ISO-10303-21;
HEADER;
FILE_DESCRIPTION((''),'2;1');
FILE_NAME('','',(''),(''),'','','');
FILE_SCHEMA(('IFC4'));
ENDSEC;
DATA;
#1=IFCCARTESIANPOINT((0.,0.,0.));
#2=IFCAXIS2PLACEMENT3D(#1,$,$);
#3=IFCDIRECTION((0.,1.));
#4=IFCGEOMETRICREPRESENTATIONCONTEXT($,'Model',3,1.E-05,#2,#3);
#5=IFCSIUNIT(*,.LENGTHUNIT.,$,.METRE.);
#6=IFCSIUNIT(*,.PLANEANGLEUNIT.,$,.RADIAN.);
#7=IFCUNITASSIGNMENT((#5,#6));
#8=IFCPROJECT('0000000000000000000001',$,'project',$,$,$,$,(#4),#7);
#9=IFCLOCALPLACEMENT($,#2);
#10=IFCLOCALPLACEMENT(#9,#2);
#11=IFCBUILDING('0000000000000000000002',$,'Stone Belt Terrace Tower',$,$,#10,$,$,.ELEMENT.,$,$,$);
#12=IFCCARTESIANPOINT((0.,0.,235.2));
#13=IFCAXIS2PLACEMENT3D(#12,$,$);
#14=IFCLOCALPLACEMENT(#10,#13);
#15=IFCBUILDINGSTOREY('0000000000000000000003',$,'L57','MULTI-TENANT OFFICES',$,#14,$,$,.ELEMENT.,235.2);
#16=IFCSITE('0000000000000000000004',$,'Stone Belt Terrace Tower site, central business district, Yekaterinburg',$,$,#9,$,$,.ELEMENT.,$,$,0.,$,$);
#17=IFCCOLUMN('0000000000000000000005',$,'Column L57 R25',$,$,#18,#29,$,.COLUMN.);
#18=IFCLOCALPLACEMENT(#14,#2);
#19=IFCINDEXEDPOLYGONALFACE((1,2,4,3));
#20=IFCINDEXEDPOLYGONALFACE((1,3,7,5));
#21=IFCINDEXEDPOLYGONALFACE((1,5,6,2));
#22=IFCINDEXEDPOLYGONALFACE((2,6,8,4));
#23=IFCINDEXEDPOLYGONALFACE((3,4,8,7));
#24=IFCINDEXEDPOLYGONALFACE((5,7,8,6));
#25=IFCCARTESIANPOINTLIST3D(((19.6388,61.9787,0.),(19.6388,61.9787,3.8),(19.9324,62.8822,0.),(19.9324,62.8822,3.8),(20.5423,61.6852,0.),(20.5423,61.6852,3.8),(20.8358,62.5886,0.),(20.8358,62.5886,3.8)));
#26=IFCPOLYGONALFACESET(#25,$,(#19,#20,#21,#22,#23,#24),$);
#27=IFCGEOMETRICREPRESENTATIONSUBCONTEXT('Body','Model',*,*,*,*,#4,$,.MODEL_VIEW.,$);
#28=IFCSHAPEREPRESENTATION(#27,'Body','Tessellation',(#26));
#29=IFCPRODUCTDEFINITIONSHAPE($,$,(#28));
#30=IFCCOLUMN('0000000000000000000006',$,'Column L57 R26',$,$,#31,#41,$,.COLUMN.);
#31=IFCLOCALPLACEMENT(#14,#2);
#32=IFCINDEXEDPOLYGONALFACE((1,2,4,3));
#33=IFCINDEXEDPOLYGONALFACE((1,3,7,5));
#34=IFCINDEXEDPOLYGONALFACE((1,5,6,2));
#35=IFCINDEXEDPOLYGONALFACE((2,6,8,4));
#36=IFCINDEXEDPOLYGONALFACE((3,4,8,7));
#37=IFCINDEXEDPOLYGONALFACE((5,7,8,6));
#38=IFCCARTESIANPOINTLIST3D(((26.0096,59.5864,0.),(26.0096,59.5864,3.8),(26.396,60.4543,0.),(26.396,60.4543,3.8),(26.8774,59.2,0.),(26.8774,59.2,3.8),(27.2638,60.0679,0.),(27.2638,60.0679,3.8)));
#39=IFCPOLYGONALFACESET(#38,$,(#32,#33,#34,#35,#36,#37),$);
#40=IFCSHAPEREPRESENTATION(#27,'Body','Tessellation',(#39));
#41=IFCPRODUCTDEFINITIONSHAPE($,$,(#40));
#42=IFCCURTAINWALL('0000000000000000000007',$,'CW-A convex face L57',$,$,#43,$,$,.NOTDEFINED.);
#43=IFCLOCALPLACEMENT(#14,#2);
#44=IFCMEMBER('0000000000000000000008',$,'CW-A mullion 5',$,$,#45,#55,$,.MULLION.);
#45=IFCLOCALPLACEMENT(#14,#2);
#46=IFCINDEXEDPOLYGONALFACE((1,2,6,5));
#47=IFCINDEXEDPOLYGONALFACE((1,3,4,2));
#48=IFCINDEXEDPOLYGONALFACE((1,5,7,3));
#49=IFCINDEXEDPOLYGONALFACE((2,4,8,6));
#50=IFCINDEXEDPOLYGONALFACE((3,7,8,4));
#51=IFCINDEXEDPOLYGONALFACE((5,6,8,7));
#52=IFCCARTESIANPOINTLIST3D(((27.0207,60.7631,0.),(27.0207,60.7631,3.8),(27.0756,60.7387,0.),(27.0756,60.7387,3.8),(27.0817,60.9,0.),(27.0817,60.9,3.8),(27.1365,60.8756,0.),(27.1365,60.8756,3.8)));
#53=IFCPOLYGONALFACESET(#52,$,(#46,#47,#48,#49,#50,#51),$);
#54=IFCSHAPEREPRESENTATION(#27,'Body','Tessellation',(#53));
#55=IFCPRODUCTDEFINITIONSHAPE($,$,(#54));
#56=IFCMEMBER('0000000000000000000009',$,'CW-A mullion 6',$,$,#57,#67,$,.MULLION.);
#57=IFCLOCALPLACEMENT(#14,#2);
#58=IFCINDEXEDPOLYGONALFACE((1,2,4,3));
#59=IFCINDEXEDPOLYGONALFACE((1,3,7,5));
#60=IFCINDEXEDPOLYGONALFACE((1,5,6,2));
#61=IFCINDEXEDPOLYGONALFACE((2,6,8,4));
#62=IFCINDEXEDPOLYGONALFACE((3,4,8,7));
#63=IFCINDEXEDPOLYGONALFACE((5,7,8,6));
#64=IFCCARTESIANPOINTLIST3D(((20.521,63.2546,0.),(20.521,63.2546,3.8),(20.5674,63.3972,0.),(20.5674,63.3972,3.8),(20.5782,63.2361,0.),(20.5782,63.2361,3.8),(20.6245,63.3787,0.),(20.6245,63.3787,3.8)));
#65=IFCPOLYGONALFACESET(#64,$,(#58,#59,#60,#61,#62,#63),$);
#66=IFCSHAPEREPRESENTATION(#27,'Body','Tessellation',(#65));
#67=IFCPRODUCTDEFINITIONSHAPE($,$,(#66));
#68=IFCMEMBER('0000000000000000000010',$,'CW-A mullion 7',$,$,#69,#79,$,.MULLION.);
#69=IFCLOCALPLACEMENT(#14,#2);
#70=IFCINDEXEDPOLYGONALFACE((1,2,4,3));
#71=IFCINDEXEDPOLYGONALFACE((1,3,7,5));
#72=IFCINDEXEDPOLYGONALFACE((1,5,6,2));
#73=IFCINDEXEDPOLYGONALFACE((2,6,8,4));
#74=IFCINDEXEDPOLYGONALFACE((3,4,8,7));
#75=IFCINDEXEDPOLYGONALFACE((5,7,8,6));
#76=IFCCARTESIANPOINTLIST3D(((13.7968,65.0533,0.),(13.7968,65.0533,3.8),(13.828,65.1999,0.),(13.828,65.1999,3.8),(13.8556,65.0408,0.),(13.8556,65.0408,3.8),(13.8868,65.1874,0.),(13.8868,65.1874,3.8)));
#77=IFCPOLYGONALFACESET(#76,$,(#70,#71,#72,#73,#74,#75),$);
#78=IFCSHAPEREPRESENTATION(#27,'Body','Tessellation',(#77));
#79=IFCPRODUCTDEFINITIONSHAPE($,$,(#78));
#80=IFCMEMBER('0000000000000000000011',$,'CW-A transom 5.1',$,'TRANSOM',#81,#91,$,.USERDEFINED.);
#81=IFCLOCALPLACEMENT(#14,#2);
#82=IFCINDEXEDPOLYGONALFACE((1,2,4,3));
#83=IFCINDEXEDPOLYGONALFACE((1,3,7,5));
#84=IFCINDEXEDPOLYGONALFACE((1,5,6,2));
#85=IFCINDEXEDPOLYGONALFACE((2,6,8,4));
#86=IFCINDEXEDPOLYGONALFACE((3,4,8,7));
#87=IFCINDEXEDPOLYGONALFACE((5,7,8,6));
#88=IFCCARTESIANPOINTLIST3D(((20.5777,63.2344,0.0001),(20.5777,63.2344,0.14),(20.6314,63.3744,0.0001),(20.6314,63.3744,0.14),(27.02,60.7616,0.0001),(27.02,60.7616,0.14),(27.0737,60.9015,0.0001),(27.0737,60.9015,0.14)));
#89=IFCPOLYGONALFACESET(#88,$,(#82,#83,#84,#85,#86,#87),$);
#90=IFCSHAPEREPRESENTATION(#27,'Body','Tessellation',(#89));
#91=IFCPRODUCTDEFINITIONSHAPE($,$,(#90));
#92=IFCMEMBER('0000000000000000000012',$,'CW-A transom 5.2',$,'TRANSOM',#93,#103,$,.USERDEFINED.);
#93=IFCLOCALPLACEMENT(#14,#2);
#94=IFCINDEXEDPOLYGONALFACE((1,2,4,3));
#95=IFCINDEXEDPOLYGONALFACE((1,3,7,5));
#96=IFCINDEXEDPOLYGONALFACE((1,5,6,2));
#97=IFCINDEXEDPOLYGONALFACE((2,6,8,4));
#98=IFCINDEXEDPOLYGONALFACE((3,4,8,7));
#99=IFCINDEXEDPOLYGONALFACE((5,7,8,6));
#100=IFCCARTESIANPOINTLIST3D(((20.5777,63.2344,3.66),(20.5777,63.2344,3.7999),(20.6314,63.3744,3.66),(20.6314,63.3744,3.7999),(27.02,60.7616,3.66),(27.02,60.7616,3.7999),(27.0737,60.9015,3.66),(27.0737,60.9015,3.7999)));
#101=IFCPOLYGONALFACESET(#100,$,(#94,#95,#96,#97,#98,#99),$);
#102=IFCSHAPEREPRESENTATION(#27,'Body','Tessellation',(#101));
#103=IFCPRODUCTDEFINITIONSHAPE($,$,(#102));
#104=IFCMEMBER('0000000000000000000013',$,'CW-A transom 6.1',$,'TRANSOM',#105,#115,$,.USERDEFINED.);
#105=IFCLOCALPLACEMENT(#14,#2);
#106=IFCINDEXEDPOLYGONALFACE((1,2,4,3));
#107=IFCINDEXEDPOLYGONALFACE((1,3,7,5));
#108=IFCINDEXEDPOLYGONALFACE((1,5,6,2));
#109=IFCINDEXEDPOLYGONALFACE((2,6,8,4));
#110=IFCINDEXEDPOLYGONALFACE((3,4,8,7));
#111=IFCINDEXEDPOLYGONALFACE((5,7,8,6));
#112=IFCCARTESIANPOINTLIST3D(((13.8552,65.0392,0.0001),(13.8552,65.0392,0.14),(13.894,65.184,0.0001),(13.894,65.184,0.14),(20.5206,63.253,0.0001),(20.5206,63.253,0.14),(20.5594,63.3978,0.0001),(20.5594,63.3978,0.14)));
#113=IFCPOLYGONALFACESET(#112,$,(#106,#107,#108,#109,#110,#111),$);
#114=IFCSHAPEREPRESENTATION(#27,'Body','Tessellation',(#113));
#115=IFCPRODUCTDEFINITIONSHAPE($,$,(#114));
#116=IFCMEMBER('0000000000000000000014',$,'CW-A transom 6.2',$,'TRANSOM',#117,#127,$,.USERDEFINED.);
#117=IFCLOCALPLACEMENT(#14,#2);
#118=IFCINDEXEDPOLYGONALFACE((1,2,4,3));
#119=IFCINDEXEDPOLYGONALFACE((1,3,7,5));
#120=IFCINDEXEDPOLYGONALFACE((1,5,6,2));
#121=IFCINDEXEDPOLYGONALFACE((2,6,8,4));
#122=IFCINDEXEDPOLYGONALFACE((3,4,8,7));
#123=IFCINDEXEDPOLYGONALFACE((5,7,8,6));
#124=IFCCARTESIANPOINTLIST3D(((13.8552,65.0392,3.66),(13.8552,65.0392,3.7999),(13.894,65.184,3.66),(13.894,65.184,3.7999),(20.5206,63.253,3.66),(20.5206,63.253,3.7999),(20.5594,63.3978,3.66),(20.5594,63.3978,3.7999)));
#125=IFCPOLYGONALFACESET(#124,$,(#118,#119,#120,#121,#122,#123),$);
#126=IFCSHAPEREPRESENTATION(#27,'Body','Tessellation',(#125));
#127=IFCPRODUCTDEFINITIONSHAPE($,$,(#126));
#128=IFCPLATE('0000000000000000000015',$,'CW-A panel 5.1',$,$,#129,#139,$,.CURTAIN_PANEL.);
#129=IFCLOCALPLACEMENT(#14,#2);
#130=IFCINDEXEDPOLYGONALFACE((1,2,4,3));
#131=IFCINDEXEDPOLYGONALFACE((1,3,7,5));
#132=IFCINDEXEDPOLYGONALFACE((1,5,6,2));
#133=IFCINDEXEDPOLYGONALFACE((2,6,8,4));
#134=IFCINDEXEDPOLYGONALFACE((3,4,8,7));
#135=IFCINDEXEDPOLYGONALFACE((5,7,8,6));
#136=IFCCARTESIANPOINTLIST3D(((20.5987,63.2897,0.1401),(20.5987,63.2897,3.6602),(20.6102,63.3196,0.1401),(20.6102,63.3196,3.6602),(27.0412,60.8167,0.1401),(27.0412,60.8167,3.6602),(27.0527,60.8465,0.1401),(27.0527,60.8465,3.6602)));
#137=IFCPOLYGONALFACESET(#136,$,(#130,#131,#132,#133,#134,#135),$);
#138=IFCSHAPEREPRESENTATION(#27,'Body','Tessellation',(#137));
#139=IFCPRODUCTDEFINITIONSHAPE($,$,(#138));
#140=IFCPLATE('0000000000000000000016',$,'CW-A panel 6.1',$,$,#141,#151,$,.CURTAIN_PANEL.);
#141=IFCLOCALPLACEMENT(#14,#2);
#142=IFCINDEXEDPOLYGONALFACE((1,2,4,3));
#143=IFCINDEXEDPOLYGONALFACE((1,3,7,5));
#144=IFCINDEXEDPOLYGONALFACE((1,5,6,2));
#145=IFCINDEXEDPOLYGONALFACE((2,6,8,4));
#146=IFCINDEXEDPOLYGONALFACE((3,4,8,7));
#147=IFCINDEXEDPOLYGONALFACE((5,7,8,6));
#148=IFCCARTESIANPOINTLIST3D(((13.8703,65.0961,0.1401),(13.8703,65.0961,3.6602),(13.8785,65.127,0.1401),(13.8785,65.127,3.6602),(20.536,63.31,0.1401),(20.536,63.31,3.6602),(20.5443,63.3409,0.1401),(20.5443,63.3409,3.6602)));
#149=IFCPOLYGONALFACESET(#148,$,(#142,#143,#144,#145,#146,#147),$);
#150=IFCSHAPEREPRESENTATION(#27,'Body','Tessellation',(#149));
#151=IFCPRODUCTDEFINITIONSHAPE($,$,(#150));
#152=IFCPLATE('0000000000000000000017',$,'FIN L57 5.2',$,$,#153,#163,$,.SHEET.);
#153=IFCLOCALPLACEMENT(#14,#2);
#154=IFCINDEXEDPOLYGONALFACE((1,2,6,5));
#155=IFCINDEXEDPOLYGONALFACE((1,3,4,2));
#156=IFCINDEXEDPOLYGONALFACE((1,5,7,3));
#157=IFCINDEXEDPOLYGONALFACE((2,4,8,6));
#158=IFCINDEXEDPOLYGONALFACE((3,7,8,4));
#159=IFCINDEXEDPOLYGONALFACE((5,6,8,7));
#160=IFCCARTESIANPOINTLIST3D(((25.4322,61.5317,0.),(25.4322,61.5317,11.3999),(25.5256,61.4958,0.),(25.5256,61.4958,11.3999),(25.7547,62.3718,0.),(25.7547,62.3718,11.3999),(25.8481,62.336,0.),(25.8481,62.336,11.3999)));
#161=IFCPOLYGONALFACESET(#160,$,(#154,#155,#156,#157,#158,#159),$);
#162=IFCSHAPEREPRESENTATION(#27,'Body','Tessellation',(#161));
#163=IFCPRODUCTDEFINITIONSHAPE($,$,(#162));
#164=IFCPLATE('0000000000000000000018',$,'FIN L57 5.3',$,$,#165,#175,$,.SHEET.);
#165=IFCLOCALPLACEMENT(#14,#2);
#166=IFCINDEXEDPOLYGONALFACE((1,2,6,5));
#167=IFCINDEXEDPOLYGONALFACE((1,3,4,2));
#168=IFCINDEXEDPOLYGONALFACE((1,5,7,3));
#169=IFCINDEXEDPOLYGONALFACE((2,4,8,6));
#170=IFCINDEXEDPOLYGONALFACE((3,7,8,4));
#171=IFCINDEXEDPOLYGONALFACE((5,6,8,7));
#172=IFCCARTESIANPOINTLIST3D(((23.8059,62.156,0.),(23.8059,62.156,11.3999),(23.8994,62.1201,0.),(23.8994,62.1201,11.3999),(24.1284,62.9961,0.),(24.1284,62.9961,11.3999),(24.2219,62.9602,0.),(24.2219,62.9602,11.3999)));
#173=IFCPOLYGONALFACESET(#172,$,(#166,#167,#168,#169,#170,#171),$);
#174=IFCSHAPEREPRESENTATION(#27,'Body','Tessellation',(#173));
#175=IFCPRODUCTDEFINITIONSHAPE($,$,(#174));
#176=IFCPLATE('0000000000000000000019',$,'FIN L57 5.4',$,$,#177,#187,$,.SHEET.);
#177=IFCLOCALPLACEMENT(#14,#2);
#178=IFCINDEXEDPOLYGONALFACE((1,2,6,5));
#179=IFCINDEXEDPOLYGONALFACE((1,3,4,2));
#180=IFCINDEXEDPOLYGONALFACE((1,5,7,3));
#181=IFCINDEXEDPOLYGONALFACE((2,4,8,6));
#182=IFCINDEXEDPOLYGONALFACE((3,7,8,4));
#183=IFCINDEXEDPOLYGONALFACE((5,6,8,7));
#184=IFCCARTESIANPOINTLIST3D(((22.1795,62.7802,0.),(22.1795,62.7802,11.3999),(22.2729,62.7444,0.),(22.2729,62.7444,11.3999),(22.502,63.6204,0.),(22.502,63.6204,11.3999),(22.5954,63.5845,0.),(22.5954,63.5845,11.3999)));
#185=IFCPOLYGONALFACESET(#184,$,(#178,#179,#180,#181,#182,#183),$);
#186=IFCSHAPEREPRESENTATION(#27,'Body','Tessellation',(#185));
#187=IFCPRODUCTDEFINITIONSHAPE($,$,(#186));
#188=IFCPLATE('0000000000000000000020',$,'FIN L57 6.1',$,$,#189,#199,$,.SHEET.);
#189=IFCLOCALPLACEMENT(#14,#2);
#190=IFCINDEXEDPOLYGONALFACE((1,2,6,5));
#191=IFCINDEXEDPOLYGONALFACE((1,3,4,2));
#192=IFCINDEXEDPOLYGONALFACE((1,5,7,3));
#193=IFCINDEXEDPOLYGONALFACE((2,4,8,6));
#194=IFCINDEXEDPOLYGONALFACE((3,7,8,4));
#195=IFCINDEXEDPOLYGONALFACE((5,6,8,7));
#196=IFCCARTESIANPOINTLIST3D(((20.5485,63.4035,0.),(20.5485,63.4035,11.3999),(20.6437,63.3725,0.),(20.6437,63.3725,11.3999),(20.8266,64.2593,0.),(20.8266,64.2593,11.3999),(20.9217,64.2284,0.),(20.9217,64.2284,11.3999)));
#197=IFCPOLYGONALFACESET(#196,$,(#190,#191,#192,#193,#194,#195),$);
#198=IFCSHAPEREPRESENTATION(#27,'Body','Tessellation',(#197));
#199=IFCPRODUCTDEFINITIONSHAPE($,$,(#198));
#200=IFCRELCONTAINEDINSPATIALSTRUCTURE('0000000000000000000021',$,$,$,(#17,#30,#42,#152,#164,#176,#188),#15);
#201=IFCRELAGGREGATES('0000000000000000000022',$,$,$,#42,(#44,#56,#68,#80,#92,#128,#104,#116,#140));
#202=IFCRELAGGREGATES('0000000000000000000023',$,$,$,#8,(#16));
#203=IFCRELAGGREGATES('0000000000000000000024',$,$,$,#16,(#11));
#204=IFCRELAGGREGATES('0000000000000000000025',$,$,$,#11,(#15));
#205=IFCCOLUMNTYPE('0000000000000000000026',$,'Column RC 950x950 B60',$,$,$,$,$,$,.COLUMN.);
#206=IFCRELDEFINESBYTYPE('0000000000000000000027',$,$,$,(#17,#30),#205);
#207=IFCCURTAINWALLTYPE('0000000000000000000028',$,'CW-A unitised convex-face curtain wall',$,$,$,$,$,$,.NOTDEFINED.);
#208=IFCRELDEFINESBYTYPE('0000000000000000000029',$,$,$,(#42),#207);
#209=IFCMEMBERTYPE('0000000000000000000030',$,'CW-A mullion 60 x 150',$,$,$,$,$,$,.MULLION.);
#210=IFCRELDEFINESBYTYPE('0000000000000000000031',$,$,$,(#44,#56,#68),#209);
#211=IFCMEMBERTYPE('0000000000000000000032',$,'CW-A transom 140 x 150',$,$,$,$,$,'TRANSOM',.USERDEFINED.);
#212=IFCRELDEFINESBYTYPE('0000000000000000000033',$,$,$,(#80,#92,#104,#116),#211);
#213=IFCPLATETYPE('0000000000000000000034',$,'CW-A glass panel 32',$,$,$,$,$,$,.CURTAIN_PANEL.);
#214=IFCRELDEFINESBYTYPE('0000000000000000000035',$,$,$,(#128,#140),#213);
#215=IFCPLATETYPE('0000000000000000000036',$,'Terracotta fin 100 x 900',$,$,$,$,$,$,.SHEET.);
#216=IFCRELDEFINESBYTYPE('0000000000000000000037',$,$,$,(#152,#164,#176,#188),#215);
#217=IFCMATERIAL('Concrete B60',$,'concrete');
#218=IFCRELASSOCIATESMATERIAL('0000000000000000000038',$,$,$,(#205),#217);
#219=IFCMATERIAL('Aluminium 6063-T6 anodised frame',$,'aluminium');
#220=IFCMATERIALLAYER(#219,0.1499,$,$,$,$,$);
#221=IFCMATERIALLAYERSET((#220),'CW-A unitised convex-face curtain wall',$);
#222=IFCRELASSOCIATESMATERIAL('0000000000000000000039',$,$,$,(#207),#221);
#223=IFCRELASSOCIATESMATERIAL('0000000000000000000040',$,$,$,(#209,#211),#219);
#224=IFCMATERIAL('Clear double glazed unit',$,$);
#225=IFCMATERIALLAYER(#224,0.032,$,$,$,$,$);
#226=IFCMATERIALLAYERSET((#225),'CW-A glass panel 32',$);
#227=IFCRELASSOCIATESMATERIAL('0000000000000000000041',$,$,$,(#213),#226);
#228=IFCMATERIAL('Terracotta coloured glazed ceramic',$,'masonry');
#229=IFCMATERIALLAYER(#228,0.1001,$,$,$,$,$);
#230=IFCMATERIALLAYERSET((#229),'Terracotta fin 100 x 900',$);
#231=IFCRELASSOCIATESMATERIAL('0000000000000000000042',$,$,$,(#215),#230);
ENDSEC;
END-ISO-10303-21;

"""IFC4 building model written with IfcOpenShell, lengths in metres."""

from ifc_helpers import new_model, si_unit, direction, frame, origin, origin_2d, place, context, subcontext, project, spatial, rectangle, extrude, material, layer, layer_set, material_profile, profile_set, type_object, element, aggregate, save


model = new_model("IFC4")

# Units and contexts
model_context = context("Model", 3, precision=1e-05, world=origin(), true_north=direction((0.0, 1.0)))
body_context = subcontext(model_context, "Body", "Model", "MODEL_VIEW")
ifc_project = project(units=[si_unit("LENGTHUNIT", "METRE"), si_unit("PLANEANGLEUNIT", "RADIAN")], contexts=[model_context])

# Site, building, storey
site_placement = place(None, origin())
site = spatial("IfcSite", under=ifc_project, at=site_placement, Name="Stone Belt Terrace Tower site, central business district, Yekaterinburg", CompositionType="ELEMENT", RefElevation=0.0)
building_placement = place(site_placement, origin())
building = spatial("IfcBuilding", under=site, at=building_placement, Name="Stone Belt Terrace Tower", CompositionType="ELEMENT")
storey_placement = place(building_placement, frame((0.0, 0.0, 235.2)))
storey = spatial("IfcBuildingStorey", under=building, at=storey_placement, Name="L57", Description="MULTI-TENANT OFFICES", CompositionType="ELEMENT", Elevation=235.2)

# Columns
ifc_material_1 = material(Name="Concrete B60", Category="concrete")
ifc_material_profile_1 = material_profile(ifc_material_1, rectangle(XDim=0.95, YDim=0.95, at=origin_2d()), Name="RC 950x950")
ifc_profile_set_1 = profile_set([ifc_material_profile_1], Name="Concrete B60")
column_type = type_object("IfcColumnType", Name="Column RC 950x950 B60", PredefinedType="COLUMN", material=ifc_profile_set_1)
for number, where, z_axis, x_axis, name in (
    (1, (20.2373, 62.2837, 0.0), (0.0, 0.0, 1.0), (0.951057, -0.309017, 0.0), "Column L57 R25"),
    (2, (26.6367, 59.8271, 0.0), (0.0, 0.0, 1.0), (0.913545, -0.406737, 0.0), "Column L57 R26"),
):
    element("IfcColumn", number, at=place(storey_placement, frame(where, z_axis=z_axis, x_axis=x_axis)), inside=storey, type_object=column_type, Name=name, PredefinedType="COLUMN", context=body_context, shape_type="SweptSolid", body=[
        extrude(rectangle(XDim=0.95, YDim=0.95, at=origin_2d()), origin(), (0.0, 0.0, 1.0), 3.8),
    ])

# Curtain wall, members, plates
ifc_material_2 = material(Name="Aluminium 6063-T6 anodised frame", Category="aluminium")
ifc_layer_1 = layer(ifc_material_2, 0.1499)
ifc_layer_set_1 = layer_set([ifc_layer_1], Name="CW-A unitised convex-face curtain wall")
curtain_wall_type = type_object("IfcCurtainWallType", Name="CW-A unitised convex-face curtain wall", PredefinedType="NOTDEFINED", material=ifc_layer_set_1)
curtain_wall_placement = place(storey_placement, origin())
curtain_wall = element("IfcCurtainWall", 3, at=curtain_wall_placement, inside=storey, type_object=curtain_wall_type, Name="CW-A convex face L57", PredefinedType="NOTDEFINED")
ifc_material_profile_2 = material_profile(ifc_material_2, rectangle(XDim=0.1499, YDim=0.0601, at=origin_2d()), Name="Aluminium 6063-T6 60x150")
ifc_profile_set_2 = profile_set([ifc_material_profile_2], Name="Aluminium 6063-T6 anodised frame")
member_type_1 = type_object("IfcMemberType", Name="CW-A mullion 60 x 150", PredefinedType="MULLION", material=ifc_profile_set_2)
member_1_placement = place(storey_placement, frame((27.0786, 60.8193, 0.0), z_axis=(0.0, 0.0, 1.0), x_axis=(-0.406737, -0.913545, 0.0)))
member_1 = element("IfcMember", 4, at=member_1_placement, type_object=member_type_1, Name="CW-A mullion 5", PredefinedType="MULLION", context=body_context, shape_type="SweptSolid", body=[
    extrude(rectangle(XDim=0.1499, YDim=0.0601, at=origin_2d()), origin(), (0.0, 0.0, 1.0), 3.8),
])
member_2_placement = place(storey_placement, frame((20.5728, 63.3167, 0.0), z_axis=(0.0, 0.0, 1.0), x_axis=(-0.309017, -0.951057, 0.0)))
member_2 = element("IfcMember", 5, at=member_2_placement, type_object=member_type_1, Name="CW-A mullion 6", PredefinedType="MULLION", context=body_context, shape_type="SweptSolid", body=[
    extrude(rectangle(XDim=0.1499, YDim=0.0601, at=origin_2d()), origin(), (0.0, 0.0, 1.0), 3.8),
])
member_3_placement = place(storey_placement, frame((13.8418, 65.1204, 0.0), z_axis=(0.0, 0.0, 1.0), x_axis=(-0.207912, -0.978148, 0.0)))
member_3 = element("IfcMember", 6, at=member_3_placement, type_object=member_type_1, Name="CW-A mullion 7", PredefinedType="MULLION", context=body_context, shape_type="SweptSolid", body=[
    extrude(rectangle(XDim=0.1499, YDim=0.0601, at=origin_2d()), origin(), (0.0, 0.0, 1.0), 3.8),
])
ifc_material_profile_3 = material_profile(ifc_material_2, rectangle(XDim=0.1499, YDim=0.1399, at=origin_2d()), Name="Aluminium 6063-T6 150x140")
ifc_profile_set_3 = profile_set([ifc_material_profile_3], Name="Aluminium 6063-T6 anodised frame")
member_type_2 = type_object("IfcMemberType", Name="CW-A transom 140 x 150", ElementType="TRANSOM", PredefinedType="USERDEFINED", material=ifc_profile_set_3)
member_4_placement = place(storey_placement, frame((27.0469, 60.8315, 0.0701), z_axis=(-0.933585, 0.358355, 0.0), x_axis=(-0.358355, -0.933585, 0.0)))
member_4 = element("IfcMember", 7, at=member_4_placement, type_object=member_type_2, Name="CW-A transom 5.1", ObjectType="TRANSOM", PredefinedType="USERDEFINED", context=body_context, shape_type="SweptSolid", body=[
    extrude(rectangle(XDim=0.1499, YDim=0.1399, at=origin_2d()), origin(), (0.0, 0.0, 1.0), 6.9006),
])
member_5_placement = place(storey_placement, frame((27.0469, 60.8315, 3.73), z_axis=(-0.933585, 0.358355, 0.0), x_axis=(-0.358355, -0.933585, 0.0)))
member_5 = element("IfcMember", 8, at=member_5_placement, type_object=member_type_2, Name="CW-A transom 5.2", ObjectType="TRANSOM", PredefinedType="USERDEFINED", context=body_context, shape_type="SweptSolid", body=[
    extrude(rectangle(XDim=0.1499, YDim=0.1399, at=origin_2d()), origin(), (0.0, 0.0, 1.0), 6.9006),
])
member_6_placement = place(storey_placement, frame((20.54, 63.3254, 0.0701), z_axis=(-0.965922, 0.258834, 0.0), x_axis=(-0.258834, -0.965922, 0.0)))
member_6 = element("IfcMember", 9, at=member_6_placement, type_object=member_type_2, Name="CW-A transom 6.1", ObjectType="TRANSOM", PredefinedType="USERDEFINED", context=body_context, shape_type="SweptSolid", body=[
    extrude(rectangle(XDim=0.1499, YDim=0.1399, at=origin_2d()), origin(), (0.0, 0.0, 1.0), 6.9006),
])
member_7_placement = place(storey_placement, frame((20.54, 63.3254, 3.73), z_axis=(-0.965922, 0.258834, 0.0), x_axis=(-0.258834, -0.965922, 0.0)))
member_7 = element("IfcMember", 10, at=member_7_placement, type_object=member_type_2, Name="CW-A transom 6.2", ObjectType="TRANSOM", PredefinedType="USERDEFINED", context=body_context, shape_type="SweptSolid", body=[
    extrude(rectangle(XDim=0.1499, YDim=0.1399, at=origin_2d()), origin(), (0.0, 0.0, 1.0), 6.9006),
])
ifc_material_3 = material(Name="Clear double glazed unit")
ifc_layer_2 = layer(ifc_material_3, 0.032)
ifc_layer_set_2 = layer_set([ifc_layer_2], Name="CW-A glass panel 32")
plate_type_1 = type_object("IfcPlateType", Name="CW-A glass panel 32", PredefinedType="CURTAIN_PANEL", material=ifc_layer_set_2)
plate_1_placement = place(storey_placement, frame((23.8257, 62.0681, 0.1401), z_axis=(0.0, 0.0, 1.0), x_axis=(-0.93358, 0.358368, 0.0)))
plate_1 = element("IfcPlate", 11, at=plate_1_placement, type_object=plate_type_1, Name="CW-A panel 5.1", PredefinedType="CURTAIN_PANEL", context=body_context, shape_type="SweptSolid", body=[
    extrude(rectangle(XDim=6.9009, YDim=0.032, at=origin_2d()), origin(), (0.0, 0.0, 1.0), 3.52),
])
plate_2_placement = place(storey_placement, frame((17.2073, 64.2185, 0.1401), z_axis=(0.0, 0.0, 1.0), x_axis=(-0.965926, 0.258819, 0.0)))
plate_2 = element("IfcPlate", 12, at=plate_2_placement, type_object=plate_type_1, Name="CW-A panel 6.1", PredefinedType="CURTAIN_PANEL", context=body_context, shape_type="SweptSolid", body=[
    extrude(rectangle(XDim=6.9009, YDim=0.032, at=origin_2d()), origin(), (0.0, 0.0, 1.0), 3.52),
])
aggregate(curtain_wall, [member_1, member_2, member_3, member_4, member_5, plate_1, member_6, member_7, plate_2])

# Plates
ifc_material_4 = material(Name="Terracotta coloured glazed ceramic", Category="masonry")
ifc_layer_3 = layer(ifc_material_4, 0.1001)
ifc_layer_set_3 = layer_set([ifc_layer_3], Name="Terracotta fin 100 x 900")
plate_type_2 = type_object("IfcPlateType", Name="Terracotta fin 100 x 900", PredefinedType="SHEET", material=ifc_layer_set_3)
for number, where, z_axis, x_axis, name in (
    (13, (25.6401, 61.9338, 0.0), (0.0, 0.0, 1.0), (0.358368, 0.93358, 0.0), "FIN L57 5.2"),
    (14, (24.0139, 62.5581, 0.0), (0.0, 0.0, 1.0), (0.358368, 0.93358, 0.0), "FIN L57 5.3"),
    (15, (22.3875, 63.1824, 0.0), (0.0, 0.0, 1.0), (0.358368, 0.93358, 0.0), "FIN L57 5.4"),
    (16, (20.7351, 63.8159, 0.0), (0.0, 0.0, 1.0), (0.309017, 0.951057, 0.0), "FIN L57 6.1"),
):
    element("IfcPlate", number, at=place(storey_placement, frame(where, z_axis=z_axis, x_axis=x_axis)), inside=storey, type_object=plate_type_2, Name=name, PredefinedType="SHEET", context=body_context, shape_type="SweptSolid", body=[
        extrude(rectangle(XDim=0.8999, YDim=0.1001, at=origin_2d()), origin(), (0.0, 0.0, 1.0), 11.3999),
    ])

save(model, "model.ifc")
